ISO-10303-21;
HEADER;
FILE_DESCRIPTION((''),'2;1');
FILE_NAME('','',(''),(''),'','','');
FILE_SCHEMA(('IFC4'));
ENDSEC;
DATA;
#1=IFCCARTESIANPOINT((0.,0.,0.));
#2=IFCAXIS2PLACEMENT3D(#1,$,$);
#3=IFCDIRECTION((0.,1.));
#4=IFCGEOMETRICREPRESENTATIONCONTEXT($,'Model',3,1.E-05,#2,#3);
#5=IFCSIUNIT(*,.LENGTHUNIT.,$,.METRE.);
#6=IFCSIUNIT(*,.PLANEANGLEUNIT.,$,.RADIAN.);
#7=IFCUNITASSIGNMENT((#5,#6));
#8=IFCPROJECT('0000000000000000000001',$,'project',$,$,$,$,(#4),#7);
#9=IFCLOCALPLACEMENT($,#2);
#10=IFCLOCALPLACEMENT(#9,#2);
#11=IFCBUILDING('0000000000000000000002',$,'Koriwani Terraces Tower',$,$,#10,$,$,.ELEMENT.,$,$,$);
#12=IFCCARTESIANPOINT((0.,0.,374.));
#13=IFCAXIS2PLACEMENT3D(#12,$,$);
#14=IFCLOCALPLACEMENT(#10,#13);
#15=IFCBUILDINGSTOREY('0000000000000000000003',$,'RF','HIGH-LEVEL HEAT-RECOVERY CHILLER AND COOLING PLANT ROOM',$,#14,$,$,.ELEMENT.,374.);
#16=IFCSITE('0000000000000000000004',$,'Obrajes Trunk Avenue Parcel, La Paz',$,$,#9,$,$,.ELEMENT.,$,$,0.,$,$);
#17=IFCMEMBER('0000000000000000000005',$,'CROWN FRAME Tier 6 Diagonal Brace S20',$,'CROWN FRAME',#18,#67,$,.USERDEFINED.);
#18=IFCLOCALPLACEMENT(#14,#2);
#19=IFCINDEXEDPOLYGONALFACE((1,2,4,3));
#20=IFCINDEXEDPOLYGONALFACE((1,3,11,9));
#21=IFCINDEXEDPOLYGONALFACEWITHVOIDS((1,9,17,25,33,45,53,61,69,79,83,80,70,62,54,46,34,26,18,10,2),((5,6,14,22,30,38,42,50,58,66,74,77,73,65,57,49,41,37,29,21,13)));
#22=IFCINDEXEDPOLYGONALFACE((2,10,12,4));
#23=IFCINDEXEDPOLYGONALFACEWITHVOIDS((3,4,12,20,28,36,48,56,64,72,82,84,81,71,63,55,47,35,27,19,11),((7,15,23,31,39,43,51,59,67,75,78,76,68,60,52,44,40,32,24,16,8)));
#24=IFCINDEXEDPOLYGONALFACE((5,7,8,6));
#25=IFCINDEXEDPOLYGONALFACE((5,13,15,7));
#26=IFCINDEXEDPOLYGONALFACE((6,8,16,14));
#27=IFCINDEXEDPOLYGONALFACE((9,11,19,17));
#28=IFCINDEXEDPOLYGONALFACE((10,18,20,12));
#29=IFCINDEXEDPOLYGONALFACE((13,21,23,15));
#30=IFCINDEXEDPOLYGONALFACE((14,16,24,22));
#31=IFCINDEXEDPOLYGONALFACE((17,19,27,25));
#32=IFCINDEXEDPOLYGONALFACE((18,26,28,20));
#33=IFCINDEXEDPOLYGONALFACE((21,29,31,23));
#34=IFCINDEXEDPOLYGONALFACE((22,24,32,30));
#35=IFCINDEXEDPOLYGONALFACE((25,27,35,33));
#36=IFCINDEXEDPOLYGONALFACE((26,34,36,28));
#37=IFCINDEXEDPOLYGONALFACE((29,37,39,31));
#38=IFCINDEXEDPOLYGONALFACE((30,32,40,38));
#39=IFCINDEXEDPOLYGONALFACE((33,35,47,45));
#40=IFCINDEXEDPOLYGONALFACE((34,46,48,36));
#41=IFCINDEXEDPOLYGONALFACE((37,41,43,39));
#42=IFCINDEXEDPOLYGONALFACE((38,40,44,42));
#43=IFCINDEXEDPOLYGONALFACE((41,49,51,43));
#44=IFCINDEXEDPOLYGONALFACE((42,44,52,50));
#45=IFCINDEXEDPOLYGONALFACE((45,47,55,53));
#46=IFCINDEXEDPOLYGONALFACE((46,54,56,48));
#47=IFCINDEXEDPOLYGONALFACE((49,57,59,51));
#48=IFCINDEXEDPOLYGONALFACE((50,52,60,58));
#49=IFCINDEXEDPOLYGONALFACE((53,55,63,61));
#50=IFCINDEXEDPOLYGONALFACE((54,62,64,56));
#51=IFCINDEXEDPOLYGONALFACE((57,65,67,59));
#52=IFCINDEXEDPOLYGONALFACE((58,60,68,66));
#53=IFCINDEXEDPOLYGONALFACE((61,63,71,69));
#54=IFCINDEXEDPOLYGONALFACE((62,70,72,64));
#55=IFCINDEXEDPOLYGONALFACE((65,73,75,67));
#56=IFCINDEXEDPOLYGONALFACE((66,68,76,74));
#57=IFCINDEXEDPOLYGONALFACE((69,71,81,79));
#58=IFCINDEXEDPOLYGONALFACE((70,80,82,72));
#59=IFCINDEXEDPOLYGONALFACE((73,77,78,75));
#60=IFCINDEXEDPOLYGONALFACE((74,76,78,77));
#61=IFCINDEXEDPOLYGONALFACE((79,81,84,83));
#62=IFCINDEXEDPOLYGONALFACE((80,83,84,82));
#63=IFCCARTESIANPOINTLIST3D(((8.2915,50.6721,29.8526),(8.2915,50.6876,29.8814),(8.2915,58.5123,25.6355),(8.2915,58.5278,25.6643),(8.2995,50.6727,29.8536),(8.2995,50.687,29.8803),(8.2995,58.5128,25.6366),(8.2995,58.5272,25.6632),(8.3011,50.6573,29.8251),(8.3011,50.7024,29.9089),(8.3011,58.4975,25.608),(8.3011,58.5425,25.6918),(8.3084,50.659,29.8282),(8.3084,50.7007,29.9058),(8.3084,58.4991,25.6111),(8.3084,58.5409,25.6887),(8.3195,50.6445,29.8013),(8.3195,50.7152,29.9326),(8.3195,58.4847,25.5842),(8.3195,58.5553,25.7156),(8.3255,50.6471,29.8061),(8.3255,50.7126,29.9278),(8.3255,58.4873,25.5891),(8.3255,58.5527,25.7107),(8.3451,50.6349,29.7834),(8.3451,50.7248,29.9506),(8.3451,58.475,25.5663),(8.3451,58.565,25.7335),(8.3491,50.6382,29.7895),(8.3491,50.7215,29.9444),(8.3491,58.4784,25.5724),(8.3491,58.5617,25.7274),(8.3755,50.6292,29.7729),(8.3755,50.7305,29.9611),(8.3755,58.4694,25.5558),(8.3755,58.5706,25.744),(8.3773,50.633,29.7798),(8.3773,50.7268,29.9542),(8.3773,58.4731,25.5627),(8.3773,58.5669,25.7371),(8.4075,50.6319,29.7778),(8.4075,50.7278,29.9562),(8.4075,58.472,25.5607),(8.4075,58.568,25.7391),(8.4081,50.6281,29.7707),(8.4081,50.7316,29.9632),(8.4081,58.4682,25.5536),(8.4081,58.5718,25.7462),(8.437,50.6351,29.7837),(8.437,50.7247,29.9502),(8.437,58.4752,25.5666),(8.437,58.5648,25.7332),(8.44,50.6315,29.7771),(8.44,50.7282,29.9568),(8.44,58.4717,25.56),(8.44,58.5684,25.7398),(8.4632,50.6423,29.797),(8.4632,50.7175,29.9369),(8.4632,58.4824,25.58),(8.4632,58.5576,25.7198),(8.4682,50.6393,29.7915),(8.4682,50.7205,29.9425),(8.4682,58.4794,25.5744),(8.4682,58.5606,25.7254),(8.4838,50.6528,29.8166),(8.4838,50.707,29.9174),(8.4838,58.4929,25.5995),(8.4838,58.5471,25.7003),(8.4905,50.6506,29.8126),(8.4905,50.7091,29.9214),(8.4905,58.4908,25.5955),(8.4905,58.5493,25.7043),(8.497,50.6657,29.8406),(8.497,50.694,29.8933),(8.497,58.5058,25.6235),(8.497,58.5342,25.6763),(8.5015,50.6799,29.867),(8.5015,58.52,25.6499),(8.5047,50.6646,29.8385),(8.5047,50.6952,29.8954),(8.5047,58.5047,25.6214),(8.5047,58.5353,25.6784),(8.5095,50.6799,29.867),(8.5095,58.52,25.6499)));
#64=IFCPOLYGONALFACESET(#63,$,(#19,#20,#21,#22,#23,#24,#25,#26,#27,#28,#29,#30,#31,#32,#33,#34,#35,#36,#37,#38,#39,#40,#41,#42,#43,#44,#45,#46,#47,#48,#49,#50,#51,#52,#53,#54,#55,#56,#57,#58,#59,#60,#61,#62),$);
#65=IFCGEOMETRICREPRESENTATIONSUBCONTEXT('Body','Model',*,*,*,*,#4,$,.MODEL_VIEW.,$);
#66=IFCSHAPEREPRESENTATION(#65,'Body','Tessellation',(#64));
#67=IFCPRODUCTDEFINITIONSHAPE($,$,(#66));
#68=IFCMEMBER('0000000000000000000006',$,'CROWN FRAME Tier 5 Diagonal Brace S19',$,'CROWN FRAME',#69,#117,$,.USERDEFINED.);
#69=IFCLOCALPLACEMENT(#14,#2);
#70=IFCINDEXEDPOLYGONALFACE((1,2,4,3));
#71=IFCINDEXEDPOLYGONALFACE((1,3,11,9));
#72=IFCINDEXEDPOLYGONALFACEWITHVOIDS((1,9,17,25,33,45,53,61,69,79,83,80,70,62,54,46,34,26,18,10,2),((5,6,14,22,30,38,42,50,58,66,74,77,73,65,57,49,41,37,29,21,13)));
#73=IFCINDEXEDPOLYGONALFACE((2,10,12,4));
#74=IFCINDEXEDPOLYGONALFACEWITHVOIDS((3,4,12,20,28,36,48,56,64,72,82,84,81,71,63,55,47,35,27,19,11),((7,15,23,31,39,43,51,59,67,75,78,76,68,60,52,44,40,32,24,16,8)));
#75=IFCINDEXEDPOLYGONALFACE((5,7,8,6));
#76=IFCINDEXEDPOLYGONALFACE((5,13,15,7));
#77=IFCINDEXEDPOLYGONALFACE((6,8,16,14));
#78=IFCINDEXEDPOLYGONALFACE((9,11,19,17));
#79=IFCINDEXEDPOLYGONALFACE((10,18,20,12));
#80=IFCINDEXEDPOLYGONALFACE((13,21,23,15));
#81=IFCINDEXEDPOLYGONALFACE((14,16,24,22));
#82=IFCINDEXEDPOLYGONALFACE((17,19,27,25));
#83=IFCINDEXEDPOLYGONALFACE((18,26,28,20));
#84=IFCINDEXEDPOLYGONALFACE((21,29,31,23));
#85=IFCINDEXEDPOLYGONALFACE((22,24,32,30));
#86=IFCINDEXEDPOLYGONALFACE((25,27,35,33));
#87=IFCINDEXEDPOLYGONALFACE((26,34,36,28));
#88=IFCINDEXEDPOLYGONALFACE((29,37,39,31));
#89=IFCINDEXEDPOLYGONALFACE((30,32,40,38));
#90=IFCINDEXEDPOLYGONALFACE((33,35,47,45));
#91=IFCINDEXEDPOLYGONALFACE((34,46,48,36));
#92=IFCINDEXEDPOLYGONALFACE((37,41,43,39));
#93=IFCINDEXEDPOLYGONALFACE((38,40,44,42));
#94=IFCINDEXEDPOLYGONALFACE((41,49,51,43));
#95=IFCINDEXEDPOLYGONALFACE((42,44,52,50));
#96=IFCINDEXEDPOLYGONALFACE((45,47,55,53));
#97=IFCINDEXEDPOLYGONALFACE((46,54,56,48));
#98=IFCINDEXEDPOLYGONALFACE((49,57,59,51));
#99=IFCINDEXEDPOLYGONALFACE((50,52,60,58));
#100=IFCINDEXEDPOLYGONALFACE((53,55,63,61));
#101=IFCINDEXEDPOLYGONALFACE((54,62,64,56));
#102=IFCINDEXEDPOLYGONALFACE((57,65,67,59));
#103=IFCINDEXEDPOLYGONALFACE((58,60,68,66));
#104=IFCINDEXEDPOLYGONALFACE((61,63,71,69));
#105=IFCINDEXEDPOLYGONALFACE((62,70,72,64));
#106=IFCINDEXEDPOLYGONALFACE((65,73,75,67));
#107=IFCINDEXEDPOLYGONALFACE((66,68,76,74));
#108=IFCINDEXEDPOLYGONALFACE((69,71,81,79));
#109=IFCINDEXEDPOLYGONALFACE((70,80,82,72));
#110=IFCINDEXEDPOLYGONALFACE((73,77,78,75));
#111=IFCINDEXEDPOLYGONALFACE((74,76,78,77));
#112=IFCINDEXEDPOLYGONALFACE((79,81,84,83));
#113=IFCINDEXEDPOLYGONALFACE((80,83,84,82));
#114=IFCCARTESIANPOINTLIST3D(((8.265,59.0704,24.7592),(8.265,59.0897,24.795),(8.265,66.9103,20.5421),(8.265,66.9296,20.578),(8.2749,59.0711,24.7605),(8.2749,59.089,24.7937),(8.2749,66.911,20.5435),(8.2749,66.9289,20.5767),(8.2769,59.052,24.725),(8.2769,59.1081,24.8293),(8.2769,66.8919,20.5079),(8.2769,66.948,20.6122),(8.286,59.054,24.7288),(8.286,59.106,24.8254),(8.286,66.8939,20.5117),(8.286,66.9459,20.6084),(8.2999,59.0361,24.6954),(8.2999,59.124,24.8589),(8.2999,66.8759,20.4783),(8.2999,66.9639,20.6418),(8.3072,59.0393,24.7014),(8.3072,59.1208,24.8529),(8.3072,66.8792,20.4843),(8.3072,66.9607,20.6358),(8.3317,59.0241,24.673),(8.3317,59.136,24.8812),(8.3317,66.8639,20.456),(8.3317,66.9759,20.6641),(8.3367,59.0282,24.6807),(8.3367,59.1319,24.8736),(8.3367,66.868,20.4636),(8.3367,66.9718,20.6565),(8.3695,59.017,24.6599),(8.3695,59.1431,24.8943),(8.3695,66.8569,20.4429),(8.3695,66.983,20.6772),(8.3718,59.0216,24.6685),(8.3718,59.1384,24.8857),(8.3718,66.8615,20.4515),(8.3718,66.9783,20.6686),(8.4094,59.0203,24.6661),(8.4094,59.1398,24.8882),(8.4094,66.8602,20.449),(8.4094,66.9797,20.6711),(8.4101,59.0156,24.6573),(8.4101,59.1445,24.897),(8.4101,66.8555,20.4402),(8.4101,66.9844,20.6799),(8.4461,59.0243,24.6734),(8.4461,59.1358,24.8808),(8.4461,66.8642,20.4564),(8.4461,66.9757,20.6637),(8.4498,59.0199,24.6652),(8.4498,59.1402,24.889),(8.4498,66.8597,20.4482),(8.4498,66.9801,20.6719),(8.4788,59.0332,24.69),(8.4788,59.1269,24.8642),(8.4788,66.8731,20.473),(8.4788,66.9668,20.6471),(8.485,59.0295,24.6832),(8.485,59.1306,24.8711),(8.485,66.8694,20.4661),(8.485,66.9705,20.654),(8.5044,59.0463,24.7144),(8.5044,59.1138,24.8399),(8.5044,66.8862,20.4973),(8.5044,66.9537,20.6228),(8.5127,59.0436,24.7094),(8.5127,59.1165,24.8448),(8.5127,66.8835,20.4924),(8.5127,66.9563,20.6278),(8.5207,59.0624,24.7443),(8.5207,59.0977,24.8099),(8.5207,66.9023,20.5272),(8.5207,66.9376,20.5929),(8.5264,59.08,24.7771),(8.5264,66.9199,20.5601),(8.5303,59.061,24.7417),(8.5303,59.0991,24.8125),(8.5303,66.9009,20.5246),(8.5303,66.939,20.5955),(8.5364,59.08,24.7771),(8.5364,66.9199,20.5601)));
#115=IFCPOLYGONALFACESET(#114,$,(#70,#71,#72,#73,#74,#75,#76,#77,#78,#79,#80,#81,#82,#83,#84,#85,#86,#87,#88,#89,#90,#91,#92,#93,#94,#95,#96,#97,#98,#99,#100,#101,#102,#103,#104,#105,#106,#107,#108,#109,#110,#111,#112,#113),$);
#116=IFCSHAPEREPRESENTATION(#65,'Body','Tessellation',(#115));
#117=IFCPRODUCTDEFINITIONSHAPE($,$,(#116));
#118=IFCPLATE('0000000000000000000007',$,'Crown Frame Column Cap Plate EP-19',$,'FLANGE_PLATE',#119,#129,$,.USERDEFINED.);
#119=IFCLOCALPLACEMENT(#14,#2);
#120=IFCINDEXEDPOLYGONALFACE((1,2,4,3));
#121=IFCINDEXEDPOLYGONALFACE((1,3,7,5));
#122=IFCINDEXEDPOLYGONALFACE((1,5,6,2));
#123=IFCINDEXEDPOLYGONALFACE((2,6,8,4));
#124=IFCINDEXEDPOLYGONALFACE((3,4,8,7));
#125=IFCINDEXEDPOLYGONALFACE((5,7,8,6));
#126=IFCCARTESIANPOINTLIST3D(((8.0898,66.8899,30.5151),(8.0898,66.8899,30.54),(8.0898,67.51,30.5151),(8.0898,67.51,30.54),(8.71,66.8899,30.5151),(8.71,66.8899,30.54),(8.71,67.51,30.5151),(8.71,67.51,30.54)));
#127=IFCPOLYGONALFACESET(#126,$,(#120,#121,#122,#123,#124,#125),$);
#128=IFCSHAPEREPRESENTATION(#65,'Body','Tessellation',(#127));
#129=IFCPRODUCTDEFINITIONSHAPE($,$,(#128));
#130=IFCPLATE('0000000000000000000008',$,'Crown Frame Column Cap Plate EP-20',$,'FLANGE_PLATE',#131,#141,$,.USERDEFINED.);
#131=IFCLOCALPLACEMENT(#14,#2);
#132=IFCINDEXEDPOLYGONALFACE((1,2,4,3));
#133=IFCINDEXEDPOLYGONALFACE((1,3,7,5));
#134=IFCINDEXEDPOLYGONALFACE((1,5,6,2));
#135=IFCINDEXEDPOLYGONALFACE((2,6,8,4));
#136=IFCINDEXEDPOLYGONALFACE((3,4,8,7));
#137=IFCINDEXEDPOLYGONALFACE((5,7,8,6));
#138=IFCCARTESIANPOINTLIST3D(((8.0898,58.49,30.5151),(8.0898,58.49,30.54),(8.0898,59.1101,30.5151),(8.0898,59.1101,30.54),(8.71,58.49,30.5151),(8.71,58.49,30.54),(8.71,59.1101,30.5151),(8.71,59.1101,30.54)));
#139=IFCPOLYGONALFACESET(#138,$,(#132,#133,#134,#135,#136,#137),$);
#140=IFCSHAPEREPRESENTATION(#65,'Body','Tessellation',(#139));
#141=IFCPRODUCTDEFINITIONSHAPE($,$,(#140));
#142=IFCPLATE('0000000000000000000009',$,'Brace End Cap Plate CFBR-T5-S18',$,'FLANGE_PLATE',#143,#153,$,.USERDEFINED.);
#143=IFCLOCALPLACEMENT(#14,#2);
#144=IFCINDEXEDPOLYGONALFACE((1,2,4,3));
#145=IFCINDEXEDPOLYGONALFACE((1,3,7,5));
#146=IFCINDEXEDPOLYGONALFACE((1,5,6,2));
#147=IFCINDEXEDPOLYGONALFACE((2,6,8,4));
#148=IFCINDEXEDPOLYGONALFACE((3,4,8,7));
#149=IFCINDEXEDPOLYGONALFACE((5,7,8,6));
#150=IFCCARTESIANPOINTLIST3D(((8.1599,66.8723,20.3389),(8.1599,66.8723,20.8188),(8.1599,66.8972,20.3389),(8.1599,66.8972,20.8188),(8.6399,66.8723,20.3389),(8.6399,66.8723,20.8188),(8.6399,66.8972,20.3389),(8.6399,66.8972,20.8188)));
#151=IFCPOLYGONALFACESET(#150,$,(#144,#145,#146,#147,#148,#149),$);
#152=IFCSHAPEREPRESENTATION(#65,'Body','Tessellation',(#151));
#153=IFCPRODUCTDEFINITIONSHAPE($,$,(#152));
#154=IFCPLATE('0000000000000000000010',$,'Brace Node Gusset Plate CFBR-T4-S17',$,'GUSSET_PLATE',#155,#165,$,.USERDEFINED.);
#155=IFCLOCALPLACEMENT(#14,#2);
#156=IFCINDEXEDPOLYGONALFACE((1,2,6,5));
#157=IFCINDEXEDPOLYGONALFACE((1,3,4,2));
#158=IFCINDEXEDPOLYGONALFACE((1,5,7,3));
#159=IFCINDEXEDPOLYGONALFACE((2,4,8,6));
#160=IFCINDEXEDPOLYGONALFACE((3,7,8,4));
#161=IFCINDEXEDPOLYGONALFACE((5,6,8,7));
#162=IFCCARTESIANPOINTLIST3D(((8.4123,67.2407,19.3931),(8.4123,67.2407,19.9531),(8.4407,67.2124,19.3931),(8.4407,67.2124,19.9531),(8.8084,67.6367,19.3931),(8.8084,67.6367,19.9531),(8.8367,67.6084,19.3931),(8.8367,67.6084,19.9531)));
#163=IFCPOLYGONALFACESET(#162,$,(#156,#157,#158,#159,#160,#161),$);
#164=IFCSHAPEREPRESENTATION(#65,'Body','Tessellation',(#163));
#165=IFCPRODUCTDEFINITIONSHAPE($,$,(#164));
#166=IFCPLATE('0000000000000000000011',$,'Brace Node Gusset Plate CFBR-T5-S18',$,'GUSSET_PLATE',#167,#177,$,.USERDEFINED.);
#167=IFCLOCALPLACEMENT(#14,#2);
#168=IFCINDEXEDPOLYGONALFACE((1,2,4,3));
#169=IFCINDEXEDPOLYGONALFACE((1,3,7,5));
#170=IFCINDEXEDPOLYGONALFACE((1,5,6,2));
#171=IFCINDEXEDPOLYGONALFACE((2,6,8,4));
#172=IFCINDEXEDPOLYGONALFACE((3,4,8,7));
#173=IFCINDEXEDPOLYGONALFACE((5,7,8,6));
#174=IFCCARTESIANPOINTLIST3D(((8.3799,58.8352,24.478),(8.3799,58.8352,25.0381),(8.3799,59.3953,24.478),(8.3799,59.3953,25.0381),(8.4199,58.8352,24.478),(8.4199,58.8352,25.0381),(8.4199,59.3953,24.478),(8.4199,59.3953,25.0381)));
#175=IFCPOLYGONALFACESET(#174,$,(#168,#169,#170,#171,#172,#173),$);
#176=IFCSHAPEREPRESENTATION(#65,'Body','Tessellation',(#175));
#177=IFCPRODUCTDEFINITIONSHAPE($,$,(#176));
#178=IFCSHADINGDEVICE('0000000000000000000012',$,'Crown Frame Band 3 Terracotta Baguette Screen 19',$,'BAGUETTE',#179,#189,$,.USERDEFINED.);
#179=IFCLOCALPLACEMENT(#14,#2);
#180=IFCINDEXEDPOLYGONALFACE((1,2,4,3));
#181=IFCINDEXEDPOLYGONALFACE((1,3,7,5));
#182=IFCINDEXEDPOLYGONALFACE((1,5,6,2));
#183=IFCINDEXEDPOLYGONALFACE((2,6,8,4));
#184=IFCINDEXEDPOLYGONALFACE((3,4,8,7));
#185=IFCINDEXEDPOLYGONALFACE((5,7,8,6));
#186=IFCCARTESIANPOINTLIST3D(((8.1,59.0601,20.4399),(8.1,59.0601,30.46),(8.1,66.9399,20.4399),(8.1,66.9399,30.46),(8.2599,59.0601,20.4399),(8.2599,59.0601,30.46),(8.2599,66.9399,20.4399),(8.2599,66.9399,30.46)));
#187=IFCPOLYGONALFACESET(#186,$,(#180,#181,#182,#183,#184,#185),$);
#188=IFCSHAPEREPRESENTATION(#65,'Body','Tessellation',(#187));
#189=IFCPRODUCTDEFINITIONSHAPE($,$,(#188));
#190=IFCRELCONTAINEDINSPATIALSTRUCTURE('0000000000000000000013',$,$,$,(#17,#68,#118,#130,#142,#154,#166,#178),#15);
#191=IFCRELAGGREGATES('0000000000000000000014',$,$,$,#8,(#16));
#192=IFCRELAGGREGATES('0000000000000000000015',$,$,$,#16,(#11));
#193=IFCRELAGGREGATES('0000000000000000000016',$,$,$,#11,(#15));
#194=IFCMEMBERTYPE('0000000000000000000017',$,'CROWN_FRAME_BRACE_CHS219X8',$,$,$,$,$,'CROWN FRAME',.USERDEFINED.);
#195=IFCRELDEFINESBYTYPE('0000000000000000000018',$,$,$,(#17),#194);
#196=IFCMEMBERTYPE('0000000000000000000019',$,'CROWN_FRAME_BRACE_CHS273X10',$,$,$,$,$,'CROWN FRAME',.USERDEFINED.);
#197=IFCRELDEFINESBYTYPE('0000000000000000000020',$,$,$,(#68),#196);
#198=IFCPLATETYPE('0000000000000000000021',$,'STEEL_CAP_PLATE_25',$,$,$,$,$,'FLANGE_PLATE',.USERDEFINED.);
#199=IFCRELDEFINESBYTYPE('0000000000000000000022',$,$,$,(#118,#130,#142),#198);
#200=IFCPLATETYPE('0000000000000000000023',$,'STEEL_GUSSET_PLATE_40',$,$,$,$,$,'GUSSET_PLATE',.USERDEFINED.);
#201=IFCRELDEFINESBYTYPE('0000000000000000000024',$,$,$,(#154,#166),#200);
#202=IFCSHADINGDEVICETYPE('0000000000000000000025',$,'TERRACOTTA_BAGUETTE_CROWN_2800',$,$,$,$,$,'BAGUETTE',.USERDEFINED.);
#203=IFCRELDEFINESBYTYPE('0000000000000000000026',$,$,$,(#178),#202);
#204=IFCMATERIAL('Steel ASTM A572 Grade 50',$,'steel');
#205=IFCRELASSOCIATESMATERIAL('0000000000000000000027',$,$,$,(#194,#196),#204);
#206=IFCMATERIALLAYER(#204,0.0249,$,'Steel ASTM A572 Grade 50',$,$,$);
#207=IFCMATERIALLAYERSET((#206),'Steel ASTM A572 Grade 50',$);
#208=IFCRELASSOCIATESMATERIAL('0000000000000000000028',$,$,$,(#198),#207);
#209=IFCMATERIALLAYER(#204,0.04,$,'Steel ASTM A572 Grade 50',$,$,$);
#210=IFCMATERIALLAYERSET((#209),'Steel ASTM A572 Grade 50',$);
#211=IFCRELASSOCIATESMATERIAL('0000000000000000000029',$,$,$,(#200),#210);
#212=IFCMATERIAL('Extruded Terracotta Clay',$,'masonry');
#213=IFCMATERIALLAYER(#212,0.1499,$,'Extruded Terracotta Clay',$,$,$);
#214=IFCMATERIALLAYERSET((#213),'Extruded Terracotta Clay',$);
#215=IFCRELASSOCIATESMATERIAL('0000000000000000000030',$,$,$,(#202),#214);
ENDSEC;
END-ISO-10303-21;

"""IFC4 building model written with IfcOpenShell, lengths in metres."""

from ifc_helpers import new_model, si_unit, direction, frame, origin, origin_2d, place, context, subcontext, project, spatial, rectangle, hollow_circle, extrude, material, layer, layer_set, material_profile, profile_set, type_object, element, save


model = new_model("IFC4")

# Units and contexts
model_context = context("Model", 3, precision=1e-05, world=origin(), true_north=direction((0.0, 1.0)))
body_context = subcontext(model_context, "Body", "Model", "MODEL_VIEW")
ifc_project = project(units=[si_unit("LENGTHUNIT", "METRE"), si_unit("PLANEANGLEUNIT", "RADIAN")], contexts=[model_context])

# Site, building, storey
site_placement = place(None, origin())
site = spatial("IfcSite", under=ifc_project, at=site_placement, Name="Obrajes Trunk Avenue Parcel, La Paz", CompositionType="ELEMENT", RefElevation=0.0)
building_placement = place(site_placement, origin())
building = spatial("IfcBuilding", under=site, at=building_placement, Name="Koriwani Terraces Tower", CompositionType="ELEMENT")
storey_placement = place(building_placement, frame((0.0, 0.0, 374.0)))
storey = spatial("IfcBuildingStorey", under=building, at=storey_placement, Name="RF", Description="HIGH-LEVEL HEAT-RECOVERY CHILLER AND COOLING PLANT ROOM", CompositionType="ELEMENT", Elevation=374.0)

# Shared definitions
ifc_material_1 = material(Name="Steel ASTM A572 Grade 50", Category="steel")

# Members
ifc_material_profile_1 = material_profile(ifc_material_1, hollow_circle(Radius=0.1096, WallThickness=0.0081, at=origin_2d()), Name="Steel ASTM A572 Grade 50", Category="LoadBearing")
ifc_profile_set_1 = profile_set([ifc_material_profile_1], Name="Steel ASTM A572 Grade 50")
member_type_1 = type_object("IfcMemberType", Name="CROWN_FRAME_BRACE_CHS219X8", ElementType="CROWN FRAME", PredefinedType="USERDEFINED", material=ifc_profile_set_1)
for number, where, z_axis, x_axis, name in (
    (1, (8.3999, 58.52, 25.6499), (0.0, -0.880684, 0.473704), (1.0, 0.0, 0.0), "CROWN FRAME Tier 6 Diagonal Brace S20"),
):
    element("IfcMember", number, at=place(storey_placement, frame(where, z_axis=z_axis, x_axis=x_axis)), inside=storey, type_object=member_type_1, Name=name, ObjectType="CROWN FRAME", PredefinedType="USERDEFINED", context=body_context, shape_type="SweptSolid", body=[
        extrude(hollow_circle(Radius=0.1096, WallThickness=0.0081, at=origin_2d()), origin(), (0.0, 0.0, 1.0), 8.9023),
    ])
ifc_material_profile_2 = material_profile(ifc_material_1, hollow_circle(Radius=0.1365, WallThickness=0.01, at=origin_2d()), Name="Steel ASTM A572 Grade 50", Category="LoadBearing")
ifc_profile_set_2 = profile_set([ifc_material_profile_2], Name="Steel ASTM A572 Grade 50")
member_type_2 = type_object("IfcMemberType", Name="CROWN_FRAME_BRACE_CHS273X10", ElementType="CROWN FRAME", PredefinedType="USERDEFINED", material=ifc_profile_set_2)
member_placement = place(storey_placement, frame((8.3999, 66.9199, 20.5601), z_axis=(0.0, -0.880678, 0.473715), x_axis=(1.0, 0.0, 0.0)))
element("IfcMember", 2, at=member_placement, inside=storey, type_object=member_type_2, Name="CROWN FRAME Tier 5 Diagonal Brace S19", ObjectType="CROWN FRAME", PredefinedType="USERDEFINED", context=body_context, shape_type="SweptSolid", body=[
    extrude(hollow_circle(Radius=0.1365, WallThickness=0.01, at=origin_2d()), origin(), (0.0, 0.0, 1.0), 8.9021),
])

# Plates
ifc_layer_1 = layer(ifc_material_1, 0.0249, Name="Steel ASTM A572 Grade 50")
ifc_layer_set_1 = layer_set([ifc_layer_1], Name="Steel ASTM A572 Grade 50")
plate_type_1 = type_object("IfcPlateType", Name="STEEL_CAP_PLATE_25", ElementType="FLANGE_PLATE", PredefinedType="USERDEFINED", material=ifc_layer_set_1)
for number, where, z_axis, x_axis, name in (
    (3, (8.3999, 67.2, 30.5151), (0.0, 0.0, 1.0), (1.0, 0.0, 0.0), "Crown Frame Column Cap Plate EP-19"),
    (4, (8.3999, 58.8, 30.5151), (0.0, 0.0, 1.0), (1.0, 0.0, 0.0), "Crown Frame Column Cap Plate EP-20"),
):
    element("IfcPlate", number, at=place(storey_placement, frame(where, z_axis=z_axis, x_axis=x_axis)), inside=storey, type_object=plate_type_1, Name=name, ObjectType="FLANGE_PLATE", PredefinedType="USERDEFINED", context=body_context, shape_type="SweptSolid", body=[
        extrude(rectangle(XDim=0.6201, YDim=0.6201, at=origin_2d()), origin(), (0.0, 0.0, 1.0), 0.0249),
    ])
plate_placement = place(storey_placement, frame((8.3999, 66.8848, 20.3389), z_axis=(0.0, 0.0, 1.0), x_axis=(0.0, -1.0, 0.0)))
element("IfcPlate", 5, at=plate_placement, inside=storey, type_object=plate_type_1, Name="Brace End Cap Plate CFBR-T5-S18", ObjectType="FLANGE_PLATE", PredefinedType="USERDEFINED", context=body_context, shape_type="SweptSolid", body=[
    extrude(rectangle(XDim=0.0249, YDim=0.48, at=origin_2d()), origin(), (0.0, 0.0, 1.0), 0.48),
])
ifc_layer_2 = layer(ifc_material_1, 0.04, Name="Steel ASTM A572 Grade 50")
ifc_layer_set_2 = layer_set([ifc_layer_2], Name="Steel ASTM A572 Grade 50")
plate_type_2 = type_object("IfcPlateType", Name="STEEL_GUSSET_PLATE_40", ElementType="GUSSET_PLATE", PredefinedType="USERDEFINED", material=ifc_layer_set_2)
for number, where, z_axis, x_axis, name in (
    (6, (8.6245, 67.4246, 19.3931), (0.0, 0.0, 1.0), (-0.707107, -0.707107, 0.0), "Brace Node Gusset Plate CFBR-T4-S17"),
    (7, (8.3999, 59.1152, 24.478), (0.0, 0.0, 1.0), (0.0, -1.0, 0.0), "Brace Node Gusset Plate CFBR-T5-S18"),
):
    element("IfcPlate", number, at=place(storey_placement, frame(where, z_axis=z_axis, x_axis=x_axis)), inside=storey, type_object=plate_type_2, Name=name, ObjectType="GUSSET_PLATE", PredefinedType="USERDEFINED", context=body_context, shape_type="SweptSolid", body=[
        extrude(rectangle(XDim=0.5601, YDim=0.04, at=origin_2d()), origin(), (0.0, 0.0, 1.0), 0.5601),
    ])

# Shading device
ifc_material_2 = material(Name="Extruded Terracotta Clay", Category="masonry")
ifc_layer_3 = layer(ifc_material_2, 0.1499, Name="Extruded Terracotta Clay")
ifc_layer_set_3 = layer_set([ifc_layer_3], Name="Extruded Terracotta Clay")
shading_device_type = type_object("IfcShadingDeviceType", Name="TERRACOTTA_BAGUETTE_CROWN_2800", ElementType="BAGUETTE", PredefinedType="USERDEFINED", material=ifc_layer_set_3)
shading_device_placement = place(storey_placement, frame((8.1799, 63.0, 20.4399), z_axis=(0.0, 0.0, 1.0), x_axis=(0.0, -1.0, 0.0)))
element("IfcShadingDevice", 8, at=shading_device_placement, inside=storey, type_object=shading_device_type, Name="Crown Frame Band 3 Terracotta Baguette Screen 19", ObjectType="BAGUETTE", PredefinedType="USERDEFINED", context=body_context, shape_type="SweptSolid", body=[
    extrude(rectangle(XDim=7.8799, YDim=0.1599, at=origin_2d()), origin(), (0.0, 0.0, 1.0), 10.02),
])

save(model, "model.ifc")
